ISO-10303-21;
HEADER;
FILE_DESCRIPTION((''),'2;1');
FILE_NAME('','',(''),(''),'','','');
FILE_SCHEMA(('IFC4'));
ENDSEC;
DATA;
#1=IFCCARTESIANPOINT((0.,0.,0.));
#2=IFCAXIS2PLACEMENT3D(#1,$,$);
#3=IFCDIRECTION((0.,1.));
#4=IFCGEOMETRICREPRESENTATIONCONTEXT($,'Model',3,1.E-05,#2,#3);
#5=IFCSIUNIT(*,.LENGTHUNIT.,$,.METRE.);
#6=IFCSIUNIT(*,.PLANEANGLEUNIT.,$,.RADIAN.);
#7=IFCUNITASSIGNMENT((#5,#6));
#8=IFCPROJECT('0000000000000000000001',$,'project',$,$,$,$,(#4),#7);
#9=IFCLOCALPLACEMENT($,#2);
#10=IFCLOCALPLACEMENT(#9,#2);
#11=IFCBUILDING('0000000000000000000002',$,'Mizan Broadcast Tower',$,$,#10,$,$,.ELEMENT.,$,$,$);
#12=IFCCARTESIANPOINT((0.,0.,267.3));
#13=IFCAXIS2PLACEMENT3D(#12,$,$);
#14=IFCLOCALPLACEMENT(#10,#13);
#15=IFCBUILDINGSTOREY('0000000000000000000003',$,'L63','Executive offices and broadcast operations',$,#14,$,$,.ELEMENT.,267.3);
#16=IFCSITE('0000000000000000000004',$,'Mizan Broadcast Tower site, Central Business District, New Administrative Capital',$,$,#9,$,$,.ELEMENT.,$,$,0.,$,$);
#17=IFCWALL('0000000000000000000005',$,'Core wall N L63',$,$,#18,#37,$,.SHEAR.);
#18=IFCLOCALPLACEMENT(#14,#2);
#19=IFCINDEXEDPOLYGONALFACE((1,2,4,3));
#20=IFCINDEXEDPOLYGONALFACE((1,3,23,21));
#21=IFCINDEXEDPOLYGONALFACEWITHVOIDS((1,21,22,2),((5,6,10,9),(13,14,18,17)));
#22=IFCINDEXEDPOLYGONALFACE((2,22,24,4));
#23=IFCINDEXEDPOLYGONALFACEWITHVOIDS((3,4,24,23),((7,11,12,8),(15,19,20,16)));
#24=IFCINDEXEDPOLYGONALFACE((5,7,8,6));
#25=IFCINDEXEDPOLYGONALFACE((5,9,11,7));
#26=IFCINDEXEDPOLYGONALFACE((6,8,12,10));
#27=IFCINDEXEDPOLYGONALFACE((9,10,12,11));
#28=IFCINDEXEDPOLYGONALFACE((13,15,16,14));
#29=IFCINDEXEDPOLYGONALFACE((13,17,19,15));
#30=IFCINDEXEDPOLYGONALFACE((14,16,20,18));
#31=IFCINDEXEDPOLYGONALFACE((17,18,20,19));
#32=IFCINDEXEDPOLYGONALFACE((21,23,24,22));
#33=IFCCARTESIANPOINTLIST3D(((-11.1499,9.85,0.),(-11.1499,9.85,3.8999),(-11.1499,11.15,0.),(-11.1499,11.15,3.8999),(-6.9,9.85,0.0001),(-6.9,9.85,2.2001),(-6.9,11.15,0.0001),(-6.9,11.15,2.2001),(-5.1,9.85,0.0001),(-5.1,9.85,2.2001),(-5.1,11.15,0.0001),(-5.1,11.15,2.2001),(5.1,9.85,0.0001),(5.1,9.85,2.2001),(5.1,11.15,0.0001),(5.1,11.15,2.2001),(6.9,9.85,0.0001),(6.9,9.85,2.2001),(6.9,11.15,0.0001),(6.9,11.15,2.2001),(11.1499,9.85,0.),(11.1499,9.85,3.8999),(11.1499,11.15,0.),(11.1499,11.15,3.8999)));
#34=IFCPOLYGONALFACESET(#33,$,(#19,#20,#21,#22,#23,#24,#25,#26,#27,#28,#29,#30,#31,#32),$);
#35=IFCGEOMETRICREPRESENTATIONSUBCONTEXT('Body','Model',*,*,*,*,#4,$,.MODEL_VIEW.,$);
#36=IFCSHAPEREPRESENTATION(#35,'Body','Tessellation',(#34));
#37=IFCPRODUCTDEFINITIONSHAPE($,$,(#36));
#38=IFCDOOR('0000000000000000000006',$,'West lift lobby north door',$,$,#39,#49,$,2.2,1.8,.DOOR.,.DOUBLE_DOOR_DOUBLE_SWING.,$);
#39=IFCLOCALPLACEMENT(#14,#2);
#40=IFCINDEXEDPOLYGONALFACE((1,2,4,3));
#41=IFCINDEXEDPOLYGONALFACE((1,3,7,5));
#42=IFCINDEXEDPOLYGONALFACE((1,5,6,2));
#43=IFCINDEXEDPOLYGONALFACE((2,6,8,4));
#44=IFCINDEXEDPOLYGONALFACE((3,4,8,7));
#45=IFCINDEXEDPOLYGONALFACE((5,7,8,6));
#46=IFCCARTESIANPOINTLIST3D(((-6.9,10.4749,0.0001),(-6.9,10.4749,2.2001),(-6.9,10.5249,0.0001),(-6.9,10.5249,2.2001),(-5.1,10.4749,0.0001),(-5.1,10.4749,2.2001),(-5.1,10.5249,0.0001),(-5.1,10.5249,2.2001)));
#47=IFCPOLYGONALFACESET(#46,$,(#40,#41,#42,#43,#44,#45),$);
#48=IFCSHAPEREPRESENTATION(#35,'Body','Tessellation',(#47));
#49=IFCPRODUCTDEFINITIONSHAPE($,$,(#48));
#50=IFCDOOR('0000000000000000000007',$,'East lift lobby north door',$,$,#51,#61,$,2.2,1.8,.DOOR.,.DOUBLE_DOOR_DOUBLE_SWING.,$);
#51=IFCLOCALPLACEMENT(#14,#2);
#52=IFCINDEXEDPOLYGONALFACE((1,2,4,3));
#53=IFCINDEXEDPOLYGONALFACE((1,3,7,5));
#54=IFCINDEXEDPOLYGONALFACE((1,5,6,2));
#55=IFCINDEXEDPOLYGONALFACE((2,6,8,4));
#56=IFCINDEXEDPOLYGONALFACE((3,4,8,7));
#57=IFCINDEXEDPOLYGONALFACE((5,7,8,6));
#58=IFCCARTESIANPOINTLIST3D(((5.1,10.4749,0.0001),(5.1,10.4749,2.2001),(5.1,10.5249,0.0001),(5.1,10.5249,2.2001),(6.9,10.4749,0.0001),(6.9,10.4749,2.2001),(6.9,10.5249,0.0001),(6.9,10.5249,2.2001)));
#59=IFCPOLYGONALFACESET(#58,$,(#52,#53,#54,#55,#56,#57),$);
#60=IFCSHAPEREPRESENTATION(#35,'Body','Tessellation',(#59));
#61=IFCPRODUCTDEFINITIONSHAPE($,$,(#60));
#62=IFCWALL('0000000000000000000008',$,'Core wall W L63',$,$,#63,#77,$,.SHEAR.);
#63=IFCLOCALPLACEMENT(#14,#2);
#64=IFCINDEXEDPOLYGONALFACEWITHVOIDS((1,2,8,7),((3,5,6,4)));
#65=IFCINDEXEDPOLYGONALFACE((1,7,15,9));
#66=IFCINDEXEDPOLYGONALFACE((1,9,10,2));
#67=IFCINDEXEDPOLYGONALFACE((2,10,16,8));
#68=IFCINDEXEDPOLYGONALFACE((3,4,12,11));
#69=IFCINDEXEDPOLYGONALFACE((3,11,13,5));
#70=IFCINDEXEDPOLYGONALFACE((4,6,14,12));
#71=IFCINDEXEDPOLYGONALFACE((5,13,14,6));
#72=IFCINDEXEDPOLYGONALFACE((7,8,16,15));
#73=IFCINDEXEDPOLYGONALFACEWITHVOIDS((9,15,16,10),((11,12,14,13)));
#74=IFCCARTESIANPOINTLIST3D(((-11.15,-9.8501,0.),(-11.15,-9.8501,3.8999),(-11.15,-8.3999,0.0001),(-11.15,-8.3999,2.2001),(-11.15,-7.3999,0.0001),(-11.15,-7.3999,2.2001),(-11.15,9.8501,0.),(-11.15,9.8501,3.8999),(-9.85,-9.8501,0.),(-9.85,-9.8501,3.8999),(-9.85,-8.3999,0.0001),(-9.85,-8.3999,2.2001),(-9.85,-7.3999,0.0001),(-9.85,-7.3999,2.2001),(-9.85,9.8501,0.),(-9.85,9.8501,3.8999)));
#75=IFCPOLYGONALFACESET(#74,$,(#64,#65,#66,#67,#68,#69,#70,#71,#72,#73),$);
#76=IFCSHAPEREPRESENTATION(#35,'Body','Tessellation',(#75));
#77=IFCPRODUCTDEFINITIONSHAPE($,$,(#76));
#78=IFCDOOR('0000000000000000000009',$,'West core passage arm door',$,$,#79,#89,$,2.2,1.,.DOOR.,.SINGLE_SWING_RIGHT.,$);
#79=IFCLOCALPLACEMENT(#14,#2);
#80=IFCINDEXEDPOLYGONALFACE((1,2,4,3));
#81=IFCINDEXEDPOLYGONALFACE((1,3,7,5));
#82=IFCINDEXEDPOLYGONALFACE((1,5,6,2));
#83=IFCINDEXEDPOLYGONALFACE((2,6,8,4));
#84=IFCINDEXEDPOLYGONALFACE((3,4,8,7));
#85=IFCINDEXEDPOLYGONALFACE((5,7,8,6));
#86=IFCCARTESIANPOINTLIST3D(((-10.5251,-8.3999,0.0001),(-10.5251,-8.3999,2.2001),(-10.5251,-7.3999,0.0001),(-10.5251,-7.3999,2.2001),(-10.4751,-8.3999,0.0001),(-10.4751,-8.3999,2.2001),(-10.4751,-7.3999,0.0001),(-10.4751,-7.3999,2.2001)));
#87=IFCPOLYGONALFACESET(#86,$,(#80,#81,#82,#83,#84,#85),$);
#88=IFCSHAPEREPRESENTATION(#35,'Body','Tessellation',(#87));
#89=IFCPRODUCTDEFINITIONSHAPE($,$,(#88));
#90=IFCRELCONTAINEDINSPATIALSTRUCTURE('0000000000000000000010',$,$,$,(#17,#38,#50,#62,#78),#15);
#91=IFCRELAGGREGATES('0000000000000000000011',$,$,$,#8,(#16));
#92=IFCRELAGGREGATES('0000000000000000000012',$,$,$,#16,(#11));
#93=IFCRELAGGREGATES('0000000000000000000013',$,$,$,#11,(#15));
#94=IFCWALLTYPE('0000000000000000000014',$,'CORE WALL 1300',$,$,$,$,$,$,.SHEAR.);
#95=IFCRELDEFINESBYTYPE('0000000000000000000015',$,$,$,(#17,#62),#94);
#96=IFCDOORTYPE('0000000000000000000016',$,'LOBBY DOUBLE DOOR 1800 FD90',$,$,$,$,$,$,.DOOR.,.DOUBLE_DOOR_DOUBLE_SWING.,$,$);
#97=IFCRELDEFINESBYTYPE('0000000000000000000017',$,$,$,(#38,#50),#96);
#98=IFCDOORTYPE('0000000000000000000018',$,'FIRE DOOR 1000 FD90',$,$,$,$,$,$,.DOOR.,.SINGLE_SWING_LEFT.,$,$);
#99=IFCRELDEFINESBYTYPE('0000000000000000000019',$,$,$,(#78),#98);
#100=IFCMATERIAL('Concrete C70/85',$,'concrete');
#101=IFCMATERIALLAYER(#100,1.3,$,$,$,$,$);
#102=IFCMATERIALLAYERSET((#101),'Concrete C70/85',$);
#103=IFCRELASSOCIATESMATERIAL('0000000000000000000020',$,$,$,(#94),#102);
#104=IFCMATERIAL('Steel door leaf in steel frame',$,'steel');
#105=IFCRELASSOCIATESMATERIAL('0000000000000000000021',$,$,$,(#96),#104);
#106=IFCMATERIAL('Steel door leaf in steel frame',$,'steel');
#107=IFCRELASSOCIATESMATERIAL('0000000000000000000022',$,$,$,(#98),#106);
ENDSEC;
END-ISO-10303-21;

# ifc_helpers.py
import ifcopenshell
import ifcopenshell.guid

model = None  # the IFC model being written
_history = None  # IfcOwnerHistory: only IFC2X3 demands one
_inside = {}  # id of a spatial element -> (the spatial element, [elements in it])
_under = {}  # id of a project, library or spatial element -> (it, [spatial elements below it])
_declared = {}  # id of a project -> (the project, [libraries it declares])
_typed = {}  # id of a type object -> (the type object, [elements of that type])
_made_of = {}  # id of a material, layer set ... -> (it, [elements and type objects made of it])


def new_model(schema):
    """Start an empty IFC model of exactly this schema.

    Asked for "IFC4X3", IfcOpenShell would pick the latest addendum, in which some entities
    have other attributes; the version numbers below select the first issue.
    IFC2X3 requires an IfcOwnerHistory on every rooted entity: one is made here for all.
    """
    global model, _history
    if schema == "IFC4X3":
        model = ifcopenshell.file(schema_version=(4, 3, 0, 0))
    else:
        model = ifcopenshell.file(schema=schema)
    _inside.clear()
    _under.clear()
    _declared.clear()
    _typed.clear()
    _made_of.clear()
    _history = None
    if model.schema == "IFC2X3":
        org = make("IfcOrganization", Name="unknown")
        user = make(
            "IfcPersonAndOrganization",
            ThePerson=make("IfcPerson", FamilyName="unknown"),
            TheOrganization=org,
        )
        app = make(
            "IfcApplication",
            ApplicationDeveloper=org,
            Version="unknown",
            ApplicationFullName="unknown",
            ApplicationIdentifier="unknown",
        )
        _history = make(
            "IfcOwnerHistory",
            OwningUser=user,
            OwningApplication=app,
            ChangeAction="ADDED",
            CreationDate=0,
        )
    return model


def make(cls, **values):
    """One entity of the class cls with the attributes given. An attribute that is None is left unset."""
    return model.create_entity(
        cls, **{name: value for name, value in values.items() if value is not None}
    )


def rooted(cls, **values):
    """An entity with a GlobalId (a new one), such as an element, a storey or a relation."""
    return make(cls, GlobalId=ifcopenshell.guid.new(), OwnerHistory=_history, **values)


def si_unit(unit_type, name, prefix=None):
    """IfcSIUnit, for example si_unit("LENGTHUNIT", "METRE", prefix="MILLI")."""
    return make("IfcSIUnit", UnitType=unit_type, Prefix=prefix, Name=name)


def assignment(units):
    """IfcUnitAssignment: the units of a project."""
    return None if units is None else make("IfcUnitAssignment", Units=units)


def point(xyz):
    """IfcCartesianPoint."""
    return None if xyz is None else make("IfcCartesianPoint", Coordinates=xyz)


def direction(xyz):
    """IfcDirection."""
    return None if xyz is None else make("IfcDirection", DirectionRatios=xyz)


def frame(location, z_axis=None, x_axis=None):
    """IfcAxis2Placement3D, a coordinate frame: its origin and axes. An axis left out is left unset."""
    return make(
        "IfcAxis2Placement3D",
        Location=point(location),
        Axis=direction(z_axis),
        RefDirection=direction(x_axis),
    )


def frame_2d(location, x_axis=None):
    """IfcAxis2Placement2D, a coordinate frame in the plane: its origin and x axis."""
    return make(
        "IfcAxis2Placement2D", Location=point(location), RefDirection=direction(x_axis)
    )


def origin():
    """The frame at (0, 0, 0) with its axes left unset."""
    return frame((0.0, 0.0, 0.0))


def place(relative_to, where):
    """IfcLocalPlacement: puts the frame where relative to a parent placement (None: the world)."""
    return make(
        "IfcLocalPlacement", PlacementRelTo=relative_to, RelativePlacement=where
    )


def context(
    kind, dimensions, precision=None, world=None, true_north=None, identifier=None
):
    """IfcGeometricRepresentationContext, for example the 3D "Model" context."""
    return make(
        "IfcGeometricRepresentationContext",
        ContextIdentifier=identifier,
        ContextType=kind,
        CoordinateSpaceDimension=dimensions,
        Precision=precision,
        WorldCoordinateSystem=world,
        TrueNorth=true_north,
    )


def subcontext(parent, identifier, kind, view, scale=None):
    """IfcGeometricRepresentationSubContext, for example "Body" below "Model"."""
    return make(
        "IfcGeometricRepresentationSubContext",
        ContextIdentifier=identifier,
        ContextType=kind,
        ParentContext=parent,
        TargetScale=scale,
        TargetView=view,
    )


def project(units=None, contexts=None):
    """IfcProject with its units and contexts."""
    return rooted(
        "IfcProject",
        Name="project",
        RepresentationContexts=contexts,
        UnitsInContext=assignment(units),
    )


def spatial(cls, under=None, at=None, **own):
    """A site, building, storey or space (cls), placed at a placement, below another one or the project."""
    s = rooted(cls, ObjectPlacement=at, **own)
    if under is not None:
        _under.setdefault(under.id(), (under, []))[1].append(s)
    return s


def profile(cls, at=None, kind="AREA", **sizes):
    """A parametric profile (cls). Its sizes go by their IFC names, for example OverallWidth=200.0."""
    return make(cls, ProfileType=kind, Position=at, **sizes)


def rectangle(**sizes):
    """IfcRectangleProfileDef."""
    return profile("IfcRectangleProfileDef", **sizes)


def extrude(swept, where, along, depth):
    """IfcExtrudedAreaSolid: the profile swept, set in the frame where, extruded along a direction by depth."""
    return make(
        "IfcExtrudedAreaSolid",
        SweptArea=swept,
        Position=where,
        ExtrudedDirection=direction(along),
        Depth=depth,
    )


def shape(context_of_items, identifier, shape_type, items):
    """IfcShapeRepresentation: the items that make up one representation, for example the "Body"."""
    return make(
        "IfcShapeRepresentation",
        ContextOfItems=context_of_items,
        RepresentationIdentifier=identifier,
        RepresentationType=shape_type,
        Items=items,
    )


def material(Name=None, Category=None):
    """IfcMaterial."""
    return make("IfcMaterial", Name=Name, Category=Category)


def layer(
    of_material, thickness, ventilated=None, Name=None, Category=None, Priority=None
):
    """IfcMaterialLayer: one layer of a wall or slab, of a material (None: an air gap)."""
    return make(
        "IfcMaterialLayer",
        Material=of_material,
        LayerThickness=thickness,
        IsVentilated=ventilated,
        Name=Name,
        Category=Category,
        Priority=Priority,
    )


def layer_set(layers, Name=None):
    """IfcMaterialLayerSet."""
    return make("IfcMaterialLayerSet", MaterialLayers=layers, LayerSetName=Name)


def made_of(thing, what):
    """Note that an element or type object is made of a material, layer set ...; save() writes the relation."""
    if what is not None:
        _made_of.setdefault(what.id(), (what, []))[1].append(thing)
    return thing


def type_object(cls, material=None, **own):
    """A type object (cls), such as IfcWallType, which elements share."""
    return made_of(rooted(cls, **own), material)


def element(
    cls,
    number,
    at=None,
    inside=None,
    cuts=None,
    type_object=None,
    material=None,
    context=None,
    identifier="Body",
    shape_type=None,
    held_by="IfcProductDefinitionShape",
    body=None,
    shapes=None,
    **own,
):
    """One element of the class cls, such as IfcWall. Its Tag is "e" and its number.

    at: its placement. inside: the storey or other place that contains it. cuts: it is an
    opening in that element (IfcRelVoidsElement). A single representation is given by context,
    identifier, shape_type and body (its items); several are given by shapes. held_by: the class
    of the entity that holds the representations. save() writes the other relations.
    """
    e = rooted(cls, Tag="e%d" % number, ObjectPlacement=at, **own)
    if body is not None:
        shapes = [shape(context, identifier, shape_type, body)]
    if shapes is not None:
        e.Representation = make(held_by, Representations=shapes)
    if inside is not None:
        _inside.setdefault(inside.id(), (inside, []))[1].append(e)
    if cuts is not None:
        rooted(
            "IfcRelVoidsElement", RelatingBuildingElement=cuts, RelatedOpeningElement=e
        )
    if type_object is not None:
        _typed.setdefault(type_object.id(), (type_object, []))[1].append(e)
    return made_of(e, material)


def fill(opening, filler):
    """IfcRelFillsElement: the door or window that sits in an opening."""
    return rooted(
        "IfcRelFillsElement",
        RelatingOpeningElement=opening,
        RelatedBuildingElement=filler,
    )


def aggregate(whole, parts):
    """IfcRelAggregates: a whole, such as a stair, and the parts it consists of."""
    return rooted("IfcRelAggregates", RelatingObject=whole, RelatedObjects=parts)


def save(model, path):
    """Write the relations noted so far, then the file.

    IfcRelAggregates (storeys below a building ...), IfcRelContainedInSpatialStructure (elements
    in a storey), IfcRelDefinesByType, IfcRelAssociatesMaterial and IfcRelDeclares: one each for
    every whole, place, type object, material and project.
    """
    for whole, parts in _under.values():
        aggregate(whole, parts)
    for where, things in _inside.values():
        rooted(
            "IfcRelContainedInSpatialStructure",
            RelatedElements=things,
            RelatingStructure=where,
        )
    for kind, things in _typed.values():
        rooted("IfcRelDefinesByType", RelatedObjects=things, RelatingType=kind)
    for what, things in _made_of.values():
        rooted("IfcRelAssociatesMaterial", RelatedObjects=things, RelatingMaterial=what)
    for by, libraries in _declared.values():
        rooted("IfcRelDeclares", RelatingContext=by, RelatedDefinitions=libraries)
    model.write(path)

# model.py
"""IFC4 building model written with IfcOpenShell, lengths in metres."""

from ifc_helpers import new_model, si_unit, direction, frame, frame_2d, origin, place, context, subcontext, project, spatial, rectangle, extrude, material, layer, layer_set, type_object, element, fill, save


model = new_model("IFC4")

# Units and contexts
model_context = context("Model", 3, precision=1e-05, world=origin(), true_north=direction((0.0, 1.0)))
body_context = subcontext(model_context, "Body", "Model", "MODEL_VIEW")
ifc_project = project(units=[si_unit("LENGTHUNIT", "METRE"), si_unit("PLANEANGLEUNIT", "RADIAN")], contexts=[model_context])

# Site, building, storey
site_placement = place(None, origin())
site = spatial("IfcSite", under=ifc_project, at=site_placement, Name="Mizan Broadcast Tower site, Central Business District, New Administrative Capital", CompositionType="ELEMENT", RefElevation=0.0)
building_placement = place(site_placement, origin())
building = spatial("IfcBuilding", under=site, at=building_placement, Name="Mizan Broadcast Tower", CompositionType="ELEMENT")
storey_placement = place(building_placement, frame((0.0, 0.0, 267.3)))
storey = spatial("IfcBuildingStorey", under=building, at=storey_placement, Name="L63", Description="Executive offices and broadcast operations", CompositionType="ELEMENT", Elevation=267.3)

# Wall, openings, doors
ifc_material_1 = material(Name="Concrete C70/85", Category="concrete")
ifc_layer_1 = layer(ifc_material_1, 1.3)
ifc_layer_set_1 = layer_set([ifc_layer_1], Name="Concrete C70/85")
wall_type = type_object("IfcWallType", Name="CORE WALL 1300", PredefinedType="SHEAR", material=ifc_layer_set_1)
wall_1_placement = place(storey_placement, frame((-11.1499, 10.5, 0.0), z_axis=(0.0, 0.0, 1.0), x_axis=(1.0, 0.0, 0.0)))
wall_1 = element("IfcWall", 1, at=wall_1_placement, inside=storey, type_object=wall_type, Name="Core wall N L63", PredefinedType="SHEAR", context=body_context, shape_type="SweptSolid", body=[
    extrude(rectangle(XDim=22.2998, YDim=1.3, at=frame_2d((11.1499, 0.0))), origin(), (0.0, 0.0, 1.0), 3.8999),
])
opening_1_placement = place(wall_1_placement, frame((4.25, 0.0, 0.0)))
opening_1 = element("IfcOpeningElement", 2, at=opening_1_placement, cuts=wall_1, PredefinedType="OPENING", context=body_context, shape_type="SweptSolid", body=[
    extrude(rectangle(XDim=1.8, YDim=2.2, at=frame_2d((0.8999, 1.1001))), frame((0.0, 0.6599, 0.0), z_axis=(0.0, -1.0, 0.0), x_axis=(1.0, 0.0, 0.0)), (0.0, 0.0, 1.0), 1.3201),
])
opening_2_placement = place(wall_1_placement, frame((16.25, 0.0, 0.0)))
opening_2 = element("IfcOpeningElement", 3, at=opening_2_placement, cuts=wall_1, PredefinedType="OPENING", context=body_context, shape_type="SweptSolid", body=[
    extrude(rectangle(XDim=1.8, YDim=2.2, at=frame_2d((0.8999, 1.1001))), frame((0.0, 0.6599, 0.0), z_axis=(0.0, -1.0, 0.0), x_axis=(1.0, 0.0, 0.0)), (0.0, 0.0, 1.0), 1.3201),
])
ifc_material_2 = material(Name="Steel door leaf in steel frame", Category="steel")
door_type_1 = type_object("IfcDoorType", Name="LOBBY DOUBLE DOOR 1800 FD90", OperationType="DOUBLE_DOOR_DOUBLE_SWING", PredefinedType="DOOR", material=ifc_material_2)
door_1_placement = place(opening_1_placement, origin())
door_1 = element("IfcDoor", 4, at=door_1_placement, inside=storey, type_object=door_type_1, Name="West lift lobby north door", OperationType="DOUBLE_DOOR_DOUBLE_SWING", OverallHeight=2.2, OverallWidth=1.8, PredefinedType="DOOR", context=body_context, shape_type="SweptSolid", body=[
    extrude(rectangle(XDim=1.8, YDim=2.2, at=frame_2d((0.8999, 1.1001))), frame((0.0, 0.0249, 0.0), z_axis=(0.0, -1.0, 0.0), x_axis=(1.0, 0.0, 0.0)), (0.0, 0.0, 1.0), 0.05),
])
fill(opening_1, door_1)
door_2_placement = place(opening_2_placement, origin())
door_2 = element("IfcDoor", 5, at=door_2_placement, inside=storey, type_object=door_type_1, Name="East lift lobby north door", OperationType="DOUBLE_DOOR_DOUBLE_SWING", OverallHeight=2.2, OverallWidth=1.8, PredefinedType="DOOR", context=body_context, shape_type="SweptSolid", body=[
    extrude(rectangle(XDim=1.8, YDim=2.2, at=frame_2d((0.8999, 1.1001))), frame((0.0, 0.0249, 0.0), z_axis=(0.0, -1.0, 0.0), x_axis=(1.0, 0.0, 0.0)), (0.0, 0.0, 1.0), 0.05),
])
fill(opening_2, door_2)

# Wall, opening, door
wall_2_placement = place(storey_placement, frame((-10.5, 9.8501, 0.0), z_axis=(0.0, 0.0, 1.0), x_axis=(0.0, -1.0, 0.0)))
wall_2 = element("IfcWall", 6, at=wall_2_placement, inside=storey, type_object=wall_type, Name="Core wall W L63", PredefinedType="SHEAR", context=body_context, shape_type="SweptSolid", body=[
    extrude(rectangle(XDim=19.7002, YDim=1.3, at=frame_2d((9.8501, 0.0))), origin(), (0.0, 0.0, 1.0), 3.8999),
])
opening_3_placement = place(wall_2_placement, frame((17.25, 0.0, 0.0)))
opening_3 = element("IfcOpeningElement", 7, at=opening_3_placement, cuts=wall_2, PredefinedType="OPENING", context=body_context, shape_type="SweptSolid", body=[
    extrude(rectangle(XDim=1.0, YDim=2.2, at=frame_2d((0.5, 1.1001))), frame((0.0, 0.6599, 0.0), z_axis=(0.0, -1.0, 0.0), x_axis=(1.0, 0.0, 0.0)), (0.0, 0.0, 1.0), 1.3201),
])
ifc_material_3 = material(Name="Steel door leaf in steel frame", Category="steel")
door_type_2 = type_object("IfcDoorType", Name="FIRE DOOR 1000 FD90", OperationType="SINGLE_SWING_LEFT", PredefinedType="DOOR", material=ifc_material_3)
door_3_placement = place(opening_3_placement, origin())
door_3 = element("IfcDoor", 8, at=door_3_placement, inside=storey, type_object=door_type_2, Name="West core passage arm door", OperationType="SINGLE_SWING_RIGHT", OverallHeight=2.2, OverallWidth=1.0, PredefinedType="DOOR", context=body_context, shape_type="SweptSolid", body=[
    extrude(rectangle(XDim=1.0, YDim=2.2, at=frame_2d((0.5, 1.1001))), frame((0.0, 0.0249, 0.0), z_axis=(0.0, -1.0, 0.0), x_axis=(1.0, 0.0, 0.0)), (0.0, 0.0, 1.0), 0.05),
])
fill(opening_3, door_3)

save(model, "model.ifc")
